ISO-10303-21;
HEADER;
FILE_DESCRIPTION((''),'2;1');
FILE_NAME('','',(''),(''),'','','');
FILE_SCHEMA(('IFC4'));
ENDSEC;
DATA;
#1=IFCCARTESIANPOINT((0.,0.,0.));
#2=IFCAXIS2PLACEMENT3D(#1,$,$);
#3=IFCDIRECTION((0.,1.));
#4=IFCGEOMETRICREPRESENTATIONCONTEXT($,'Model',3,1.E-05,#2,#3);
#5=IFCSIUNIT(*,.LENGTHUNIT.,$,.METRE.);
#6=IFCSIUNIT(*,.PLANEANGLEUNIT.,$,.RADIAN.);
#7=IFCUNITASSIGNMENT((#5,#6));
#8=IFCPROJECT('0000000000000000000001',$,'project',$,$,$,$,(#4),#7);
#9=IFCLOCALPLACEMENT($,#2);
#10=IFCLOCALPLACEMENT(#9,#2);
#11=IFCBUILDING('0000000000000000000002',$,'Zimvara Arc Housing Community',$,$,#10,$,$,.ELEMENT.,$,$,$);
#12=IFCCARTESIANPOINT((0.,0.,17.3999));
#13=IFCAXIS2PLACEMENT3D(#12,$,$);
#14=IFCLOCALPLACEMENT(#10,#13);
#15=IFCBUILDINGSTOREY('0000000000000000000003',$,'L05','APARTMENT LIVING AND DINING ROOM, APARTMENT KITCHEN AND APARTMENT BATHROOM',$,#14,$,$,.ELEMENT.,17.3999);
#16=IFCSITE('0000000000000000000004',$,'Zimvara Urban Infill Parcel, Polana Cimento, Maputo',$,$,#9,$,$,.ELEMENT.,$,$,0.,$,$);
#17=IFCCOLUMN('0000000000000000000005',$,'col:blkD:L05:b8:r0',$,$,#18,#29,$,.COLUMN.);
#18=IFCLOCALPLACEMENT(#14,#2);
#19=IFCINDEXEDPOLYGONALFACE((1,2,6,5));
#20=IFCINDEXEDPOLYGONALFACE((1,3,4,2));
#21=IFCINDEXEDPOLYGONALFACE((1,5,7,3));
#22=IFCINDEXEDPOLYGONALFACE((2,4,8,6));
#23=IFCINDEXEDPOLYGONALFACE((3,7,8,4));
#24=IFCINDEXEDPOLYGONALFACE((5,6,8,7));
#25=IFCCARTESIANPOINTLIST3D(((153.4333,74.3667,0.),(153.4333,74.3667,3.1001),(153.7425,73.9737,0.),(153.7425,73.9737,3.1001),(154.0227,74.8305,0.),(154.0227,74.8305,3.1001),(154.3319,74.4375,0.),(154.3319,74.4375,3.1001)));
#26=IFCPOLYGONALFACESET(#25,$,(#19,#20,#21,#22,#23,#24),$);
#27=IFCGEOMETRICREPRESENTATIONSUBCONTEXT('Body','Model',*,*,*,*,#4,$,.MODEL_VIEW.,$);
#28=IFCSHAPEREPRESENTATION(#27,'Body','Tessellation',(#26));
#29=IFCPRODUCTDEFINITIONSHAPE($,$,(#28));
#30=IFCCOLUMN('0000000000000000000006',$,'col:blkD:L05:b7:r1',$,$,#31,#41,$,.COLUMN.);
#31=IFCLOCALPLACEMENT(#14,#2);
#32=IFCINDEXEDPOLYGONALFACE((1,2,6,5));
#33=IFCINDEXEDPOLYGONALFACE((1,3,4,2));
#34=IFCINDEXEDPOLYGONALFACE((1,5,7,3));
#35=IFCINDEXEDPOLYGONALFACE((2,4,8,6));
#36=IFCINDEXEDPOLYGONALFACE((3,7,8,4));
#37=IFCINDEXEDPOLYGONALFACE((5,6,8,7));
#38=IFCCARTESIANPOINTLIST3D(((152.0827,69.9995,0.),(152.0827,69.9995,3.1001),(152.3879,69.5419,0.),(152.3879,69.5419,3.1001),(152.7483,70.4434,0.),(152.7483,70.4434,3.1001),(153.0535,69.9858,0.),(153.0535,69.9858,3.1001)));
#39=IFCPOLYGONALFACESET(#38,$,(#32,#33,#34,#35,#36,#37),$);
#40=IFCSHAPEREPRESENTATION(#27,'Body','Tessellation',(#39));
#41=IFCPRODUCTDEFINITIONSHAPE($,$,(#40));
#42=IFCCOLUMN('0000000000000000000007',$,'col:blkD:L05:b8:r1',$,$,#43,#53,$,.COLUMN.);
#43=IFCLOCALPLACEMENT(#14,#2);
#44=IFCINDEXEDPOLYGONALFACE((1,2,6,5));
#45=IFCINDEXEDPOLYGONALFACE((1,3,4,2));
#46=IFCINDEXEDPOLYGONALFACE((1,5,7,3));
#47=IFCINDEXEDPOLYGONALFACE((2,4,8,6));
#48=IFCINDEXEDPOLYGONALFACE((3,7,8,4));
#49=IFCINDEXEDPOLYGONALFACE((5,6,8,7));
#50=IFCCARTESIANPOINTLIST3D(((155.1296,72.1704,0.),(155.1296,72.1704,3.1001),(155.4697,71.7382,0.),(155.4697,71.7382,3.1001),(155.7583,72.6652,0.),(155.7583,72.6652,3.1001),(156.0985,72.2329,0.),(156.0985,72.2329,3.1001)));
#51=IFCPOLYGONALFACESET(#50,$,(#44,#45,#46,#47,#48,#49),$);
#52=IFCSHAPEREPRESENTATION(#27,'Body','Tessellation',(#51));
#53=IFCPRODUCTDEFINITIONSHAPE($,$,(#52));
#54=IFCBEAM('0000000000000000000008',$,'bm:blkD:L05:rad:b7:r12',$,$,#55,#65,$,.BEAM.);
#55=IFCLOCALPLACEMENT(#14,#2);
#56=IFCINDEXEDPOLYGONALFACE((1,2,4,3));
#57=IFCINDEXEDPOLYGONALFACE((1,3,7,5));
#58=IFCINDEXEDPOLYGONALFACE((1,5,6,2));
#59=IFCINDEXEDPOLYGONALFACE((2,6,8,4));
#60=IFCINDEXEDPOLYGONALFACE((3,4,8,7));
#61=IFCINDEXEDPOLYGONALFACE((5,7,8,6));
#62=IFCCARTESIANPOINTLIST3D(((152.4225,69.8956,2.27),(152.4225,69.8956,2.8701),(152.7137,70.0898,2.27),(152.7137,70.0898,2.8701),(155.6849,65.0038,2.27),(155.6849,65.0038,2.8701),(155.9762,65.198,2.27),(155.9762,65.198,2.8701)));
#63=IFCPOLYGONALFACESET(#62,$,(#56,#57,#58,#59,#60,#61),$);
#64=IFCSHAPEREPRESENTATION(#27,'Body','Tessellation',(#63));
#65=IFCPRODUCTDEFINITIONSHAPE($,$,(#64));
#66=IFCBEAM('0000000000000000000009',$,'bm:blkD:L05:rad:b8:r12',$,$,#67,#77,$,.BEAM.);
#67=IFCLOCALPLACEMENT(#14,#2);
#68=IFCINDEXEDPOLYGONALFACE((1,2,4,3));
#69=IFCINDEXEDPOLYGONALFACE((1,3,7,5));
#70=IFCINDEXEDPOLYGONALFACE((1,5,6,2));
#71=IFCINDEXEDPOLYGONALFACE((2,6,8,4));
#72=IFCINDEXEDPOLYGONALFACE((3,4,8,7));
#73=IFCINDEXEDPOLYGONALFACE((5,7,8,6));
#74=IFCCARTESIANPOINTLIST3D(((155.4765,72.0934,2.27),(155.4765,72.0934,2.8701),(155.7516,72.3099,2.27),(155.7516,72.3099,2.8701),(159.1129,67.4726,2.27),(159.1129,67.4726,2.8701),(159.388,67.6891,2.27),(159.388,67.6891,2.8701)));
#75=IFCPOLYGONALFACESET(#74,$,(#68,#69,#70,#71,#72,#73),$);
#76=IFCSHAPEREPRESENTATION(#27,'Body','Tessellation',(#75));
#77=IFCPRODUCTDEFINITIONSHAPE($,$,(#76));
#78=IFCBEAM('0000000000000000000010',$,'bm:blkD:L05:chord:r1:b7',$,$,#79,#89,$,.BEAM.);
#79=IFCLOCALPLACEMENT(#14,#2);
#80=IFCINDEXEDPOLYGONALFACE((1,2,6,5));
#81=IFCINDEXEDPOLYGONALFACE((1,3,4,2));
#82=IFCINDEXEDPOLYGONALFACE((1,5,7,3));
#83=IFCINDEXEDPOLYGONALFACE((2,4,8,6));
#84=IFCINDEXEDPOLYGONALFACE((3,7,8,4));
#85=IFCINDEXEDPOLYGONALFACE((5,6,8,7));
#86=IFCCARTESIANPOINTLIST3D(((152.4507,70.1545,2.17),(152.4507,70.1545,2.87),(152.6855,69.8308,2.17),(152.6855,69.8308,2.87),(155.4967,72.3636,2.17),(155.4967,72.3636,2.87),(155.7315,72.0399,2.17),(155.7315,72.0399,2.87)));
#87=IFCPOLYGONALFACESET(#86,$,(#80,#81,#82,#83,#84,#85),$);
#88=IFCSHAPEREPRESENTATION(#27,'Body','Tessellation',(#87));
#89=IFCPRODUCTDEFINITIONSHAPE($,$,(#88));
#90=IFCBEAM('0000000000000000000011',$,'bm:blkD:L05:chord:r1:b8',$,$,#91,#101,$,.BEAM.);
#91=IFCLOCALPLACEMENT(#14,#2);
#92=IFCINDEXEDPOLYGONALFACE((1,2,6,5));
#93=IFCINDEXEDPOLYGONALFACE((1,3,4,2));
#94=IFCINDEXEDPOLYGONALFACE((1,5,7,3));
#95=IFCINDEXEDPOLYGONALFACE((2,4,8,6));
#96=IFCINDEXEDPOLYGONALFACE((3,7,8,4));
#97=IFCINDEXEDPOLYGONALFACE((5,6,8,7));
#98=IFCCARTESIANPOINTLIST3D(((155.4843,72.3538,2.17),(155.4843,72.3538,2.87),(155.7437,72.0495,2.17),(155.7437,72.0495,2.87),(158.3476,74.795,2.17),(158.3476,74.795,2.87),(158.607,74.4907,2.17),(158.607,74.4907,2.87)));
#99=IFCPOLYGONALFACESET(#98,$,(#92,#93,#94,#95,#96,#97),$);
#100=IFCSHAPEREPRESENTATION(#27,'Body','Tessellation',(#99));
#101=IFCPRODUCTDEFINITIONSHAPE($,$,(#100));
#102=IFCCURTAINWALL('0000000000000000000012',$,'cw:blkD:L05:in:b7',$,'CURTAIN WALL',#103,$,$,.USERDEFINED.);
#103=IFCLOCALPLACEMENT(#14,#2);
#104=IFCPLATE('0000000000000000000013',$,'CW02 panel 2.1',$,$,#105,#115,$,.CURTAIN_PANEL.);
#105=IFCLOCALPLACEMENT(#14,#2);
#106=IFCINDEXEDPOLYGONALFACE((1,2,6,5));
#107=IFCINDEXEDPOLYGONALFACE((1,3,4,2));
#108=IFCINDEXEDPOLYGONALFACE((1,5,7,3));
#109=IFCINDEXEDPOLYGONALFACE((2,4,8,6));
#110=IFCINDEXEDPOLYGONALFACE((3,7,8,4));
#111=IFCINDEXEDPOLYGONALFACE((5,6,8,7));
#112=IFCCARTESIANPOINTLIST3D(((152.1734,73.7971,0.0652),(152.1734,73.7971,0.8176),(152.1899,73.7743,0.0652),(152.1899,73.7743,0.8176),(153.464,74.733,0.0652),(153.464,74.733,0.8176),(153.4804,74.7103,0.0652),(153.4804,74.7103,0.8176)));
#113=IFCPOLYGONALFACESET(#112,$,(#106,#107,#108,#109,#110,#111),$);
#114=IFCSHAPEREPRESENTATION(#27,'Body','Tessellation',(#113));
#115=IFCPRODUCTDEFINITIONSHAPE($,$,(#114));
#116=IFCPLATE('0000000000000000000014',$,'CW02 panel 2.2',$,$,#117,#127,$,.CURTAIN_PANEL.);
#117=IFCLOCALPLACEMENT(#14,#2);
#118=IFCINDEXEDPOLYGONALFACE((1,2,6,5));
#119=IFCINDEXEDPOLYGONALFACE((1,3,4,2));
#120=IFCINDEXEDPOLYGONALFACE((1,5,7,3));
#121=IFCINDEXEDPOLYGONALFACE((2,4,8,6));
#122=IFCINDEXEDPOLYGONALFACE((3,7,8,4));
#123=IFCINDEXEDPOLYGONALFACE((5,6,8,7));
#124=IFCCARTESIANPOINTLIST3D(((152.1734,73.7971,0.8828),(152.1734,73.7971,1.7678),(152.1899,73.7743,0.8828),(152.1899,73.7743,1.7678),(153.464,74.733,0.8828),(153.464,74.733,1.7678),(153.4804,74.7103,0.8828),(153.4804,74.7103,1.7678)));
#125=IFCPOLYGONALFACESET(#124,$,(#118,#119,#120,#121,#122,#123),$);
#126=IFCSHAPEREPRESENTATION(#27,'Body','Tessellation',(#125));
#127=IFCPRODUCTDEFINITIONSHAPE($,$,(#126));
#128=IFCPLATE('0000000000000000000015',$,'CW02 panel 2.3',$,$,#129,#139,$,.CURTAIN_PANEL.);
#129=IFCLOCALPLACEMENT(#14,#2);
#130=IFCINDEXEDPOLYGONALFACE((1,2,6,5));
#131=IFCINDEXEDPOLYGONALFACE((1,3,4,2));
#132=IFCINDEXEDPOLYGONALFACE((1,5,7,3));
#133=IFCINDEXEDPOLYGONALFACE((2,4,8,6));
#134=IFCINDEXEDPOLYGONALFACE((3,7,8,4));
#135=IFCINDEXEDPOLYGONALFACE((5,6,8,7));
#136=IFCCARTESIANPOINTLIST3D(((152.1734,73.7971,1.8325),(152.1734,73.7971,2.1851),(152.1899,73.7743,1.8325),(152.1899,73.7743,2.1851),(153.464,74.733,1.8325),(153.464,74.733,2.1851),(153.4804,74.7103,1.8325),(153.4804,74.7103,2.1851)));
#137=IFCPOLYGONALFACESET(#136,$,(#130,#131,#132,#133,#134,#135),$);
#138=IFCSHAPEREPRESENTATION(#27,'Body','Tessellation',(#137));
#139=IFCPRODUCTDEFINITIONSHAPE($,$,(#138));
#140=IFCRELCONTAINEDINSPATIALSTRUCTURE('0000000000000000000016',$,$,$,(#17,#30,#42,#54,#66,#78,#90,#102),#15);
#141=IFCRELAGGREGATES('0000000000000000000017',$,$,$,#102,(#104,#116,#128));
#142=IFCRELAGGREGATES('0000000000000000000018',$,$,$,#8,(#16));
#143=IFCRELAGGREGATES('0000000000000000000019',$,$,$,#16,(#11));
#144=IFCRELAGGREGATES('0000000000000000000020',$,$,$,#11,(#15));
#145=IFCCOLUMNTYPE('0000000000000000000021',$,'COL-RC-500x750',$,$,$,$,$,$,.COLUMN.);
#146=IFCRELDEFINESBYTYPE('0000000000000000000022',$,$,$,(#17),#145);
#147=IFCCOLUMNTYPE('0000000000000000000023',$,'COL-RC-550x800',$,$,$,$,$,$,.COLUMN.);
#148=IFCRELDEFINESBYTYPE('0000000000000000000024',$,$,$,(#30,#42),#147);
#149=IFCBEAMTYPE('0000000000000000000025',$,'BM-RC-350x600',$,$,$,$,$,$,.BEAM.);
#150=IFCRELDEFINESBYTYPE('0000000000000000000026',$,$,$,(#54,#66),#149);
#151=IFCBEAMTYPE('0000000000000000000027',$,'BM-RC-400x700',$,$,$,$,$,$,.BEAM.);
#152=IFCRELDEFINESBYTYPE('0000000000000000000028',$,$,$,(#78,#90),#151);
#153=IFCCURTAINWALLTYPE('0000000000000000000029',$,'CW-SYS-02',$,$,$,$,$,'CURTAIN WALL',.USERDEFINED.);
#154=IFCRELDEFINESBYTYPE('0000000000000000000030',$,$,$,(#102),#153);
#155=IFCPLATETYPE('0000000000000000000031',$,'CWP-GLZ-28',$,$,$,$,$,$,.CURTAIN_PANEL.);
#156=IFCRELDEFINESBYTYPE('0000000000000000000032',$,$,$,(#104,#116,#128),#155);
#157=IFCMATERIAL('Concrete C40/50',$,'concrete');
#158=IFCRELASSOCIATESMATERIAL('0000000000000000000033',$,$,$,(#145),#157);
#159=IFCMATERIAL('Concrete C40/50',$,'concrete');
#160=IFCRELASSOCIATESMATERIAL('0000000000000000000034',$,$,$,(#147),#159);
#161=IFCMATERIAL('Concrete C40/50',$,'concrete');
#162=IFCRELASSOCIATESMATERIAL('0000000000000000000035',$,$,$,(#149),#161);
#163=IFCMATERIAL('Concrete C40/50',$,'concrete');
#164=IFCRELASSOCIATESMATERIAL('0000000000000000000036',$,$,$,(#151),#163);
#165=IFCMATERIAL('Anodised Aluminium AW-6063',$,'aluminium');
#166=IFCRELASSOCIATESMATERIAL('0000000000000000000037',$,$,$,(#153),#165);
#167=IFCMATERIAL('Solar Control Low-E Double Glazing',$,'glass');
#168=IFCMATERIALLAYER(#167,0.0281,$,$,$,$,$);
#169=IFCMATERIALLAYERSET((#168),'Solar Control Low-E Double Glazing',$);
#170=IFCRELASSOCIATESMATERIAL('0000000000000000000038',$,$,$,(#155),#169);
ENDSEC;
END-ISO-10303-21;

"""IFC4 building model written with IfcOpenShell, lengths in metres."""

from ifc_helpers import new_model, si_unit, direction, frame, origin, origin_2d, place, context, subcontext, project, spatial, rectangle, extrude, material, layer, layer_set, material_profile, profile_set, type_object, element, aggregate, save


model = new_model("IFC4")

# Units and contexts
model_context = context("Model", 3, precision=1e-05, world=origin(), true_north=direction((0.0, 1.0)))
body_context = subcontext(model_context, "Body", "Model", "MODEL_VIEW")
ifc_project = project(units=[si_unit("LENGTHUNIT", "METRE"), si_unit("PLANEANGLEUNIT", "RADIAN")], contexts=[model_context])

# Site, building, storey
site_placement = place(None, origin())
site = spatial("IfcSite", under=ifc_project, at=site_placement, Name="Zimvara Urban Infill Parcel, Polana Cimento, Maputo", CompositionType="ELEMENT", RefElevation=0.0)
building_placement = place(site_placement, origin())
building = spatial("IfcBuilding", under=site, at=building_placement, Name="Zimvara Arc Housing Community", CompositionType="ELEMENT")
storey_placement = place(building_placement, frame((0.0, 0.0, 17.3999)))
storey = spatial("IfcBuildingStorey", under=building, at=storey_placement, Name="L05", Description="APARTMENT LIVING AND DINING ROOM, APARTMENT KITCHEN AND APARTMENT BATHROOM", CompositionType="ELEMENT", Elevation=17.3999)

# Columns
ifc_material_1 = material(Name="Concrete C40/50", Category="concrete")
ifc_material_profile_1 = material_profile(ifc_material_1, rectangle(XDim=0.5, YDim=0.75, at=origin_2d()), Name="RC 500x750")
ifc_profile_set_1 = profile_set([ifc_material_profile_1], Name="Concrete C40/50")
column_type_1 = type_object("IfcColumnType", Name="COL-RC-500x750", PredefinedType="COLUMN", material=ifc_profile_set_1)
column_placement = place(storey_placement, frame((153.8826, 74.4021, 0.0), z_axis=(0.0, 0.0, 1.0), x_axis=(0.618408, -0.785857, 0.0)))
element("IfcColumn", 1, at=column_placement, inside=storey, type_object=column_type_1, Name="col:blkD:L05:b8:r0", PredefinedType="COLUMN", context=body_context, shape_type="SweptSolid", body=[
    extrude(rectangle(XDim=0.5, YDim=0.75, at=origin_2d()), origin(), (0.0, 0.0, 1.0), 3.1001),
])
ifc_material_2 = material(Name="Concrete C40/50", Category="concrete")
ifc_material_profile_2 = material_profile(ifc_material_2, rectangle(XDim=0.55, YDim=0.8, at=origin_2d()), Name="RC 550x800")
ifc_profile_set_2 = profile_set([ifc_material_profile_2], Name="Concrete C40/50")
column_type_2 = type_object("IfcColumnType", Name="COL-RC-550x800", PredefinedType="COLUMN", material=ifc_profile_set_2)
for number, where, z_axis, x_axis, name in (
    (2, (152.5681, 69.9927, 0.0), (0.0, 0.0, 1.0), (0.554844, -0.831954, 0.0), "col:blkD:L05:b7:r1"),
    (3, (155.614, 72.2017, 0.0), (0.0, 0.0, 1.0), (0.618408, -0.785857, 0.0), "col:blkD:L05:b8:r1"),
):
    element("IfcColumn", number, at=place(storey_placement, frame(where, z_axis=z_axis, x_axis=x_axis)), inside=storey, type_object=column_type_2, Name=name, PredefinedType="COLUMN", context=body_context, shape_type="SweptSolid", body=[
        extrude(rectangle(XDim=0.55, YDim=0.8, at=origin_2d()), origin(), (0.0, 0.0, 1.0), 3.1001),
    ])

# Beams
ifc_material_3 = material(Name="Concrete C40/50", Category="concrete")
ifc_material_profile_3 = material_profile(ifc_material_3, rectangle(XDim=0.3501, YDim=0.6001, at=origin_2d()), Name="RC 350x600")
ifc_profile_set_3 = profile_set([ifc_material_profile_3], Name="Concrete C40/50")
beam_type_1 = type_object("IfcBeamType", Name="BM-RC-350x600", PredefinedType="BEAM", material=ifc_profile_set_3)
beam_1_placement = place(storey_placement, frame((152.5681, 69.9927, 2.5701), z_axis=(0.554844, -0.831954, 0.0), x_axis=(0.831954, 0.554844, 0.0)))
element("IfcBeam", 4, at=beam_1_placement, inside=storey, type_object=beam_type_1, Name="bm:blkD:L05:rad:b7:r12", PredefinedType="BEAM", context=body_context, shape_type="SweptSolid", body=[
    extrude(rectangle(XDim=0.3501, YDim=0.6001, at=origin_2d()), origin(), (0.0, 0.0, 1.0), 5.8799),
])
beam_2_placement = place(storey_placement, frame((155.614, 72.2017, 2.5701), z_axis=(0.618432, -0.785838, 0.0), x_axis=(0.785838, 0.618432, 0.0)))
element("IfcBeam", 5, at=beam_2_placement, inside=storey, type_object=beam_type_1, Name="bm:blkD:L05:rad:b8:r12", PredefinedType="BEAM", context=body_context, shape_type="SweptSolid", body=[
    extrude(rectangle(XDim=0.3501, YDim=0.6001, at=origin_2d()), origin(), (0.0, 0.0, 1.0), 5.8801),
])
ifc_material_4 = material(Name="Concrete C40/50", Category="concrete")
ifc_material_profile_4 = material_profile(ifc_material_4, rectangle(XDim=0.3999, YDim=0.7, at=origin_2d()), Name="RC 400x700")
ifc_profile_set_4 = profile_set([ifc_material_profile_4], Name="Concrete C40/50")
beam_type_2 = type_object("IfcBeamType", Name="BM-RC-400x700", PredefinedType="BEAM", material=ifc_profile_set_4)
for number, where, z_axis, x_axis, name in (
    (6, (152.5681, 69.9927, 2.52), (0.809521, 0.587091, 0.0), (-0.587091, 0.809521, 0.0), "bm:blkD:L05:chord:r1:b7"),
    (7, (155.614, 72.2017, 2.52), (0.760972, 0.648785, 0.0), (-0.648785, 0.760972, 0.0), "bm:blkD:L05:chord:r1:b8"),
):
    element("IfcBeam", number, at=place(storey_placement, frame(where, z_axis=z_axis, x_axis=x_axis)), inside=storey, type_object=beam_type_2, Name=name, PredefinedType="BEAM", context=body_context, shape_type="SweptSolid", body=[
        extrude(rectangle(XDim=0.3999, YDim=0.7, at=origin_2d()), origin(), (0.0, 0.0, 1.0), 3.7627),
    ])

# Curtain wall, plates
ifc_material_5 = material(Name="Anodised Aluminium AW-6063", Category="aluminium")
curtain_wall_type = type_object("IfcCurtainWallType", Name="CW-SYS-02", ElementType="CURTAIN WALL", PredefinedType="USERDEFINED", material=ifc_material_5)
curtain_wall_placement = place(storey_placement, origin())
curtain_wall = element("IfcCurtainWall", 8, at=curtain_wall_placement, inside=storey, type_object=curtain_wall_type, Name="cw:blkD:L05:in:b7", ObjectType="CURTAIN WALL", PredefinedType="USERDEFINED")
ifc_material_6 = material(Name="Solar Control Low-E Double Glazing", Category="glass")
ifc_layer_1 = layer(ifc_material_6, 0.0281)
ifc_layer_set_1 = layer_set([ifc_layer_1], Name="Solar Control Low-E Double Glazing")
plate_type = type_object("IfcPlateType", Name="CWP-GLZ-28", PredefinedType="CURTAIN_PANEL", material=ifc_layer_set_1)
plate_1_placement = place(storey_placement, frame((152.8269, 74.2537, 0.0652), z_axis=(0.0, 0.0, 1.0), x_axis=(0.809529, 0.587079, 0.0)))
plate_1 = element("IfcPlate", 9, at=plate_1_placement, type_object=plate_type, Name="CW02 panel 2.1", PredefinedType="CURTAIN_PANEL", context=body_context, shape_type="SweptSolid", body=[
    extrude(rectangle(XDim=1.5942, YDim=0.0281, at=origin_2d()), origin(), (0.0, 0.0, 1.0), 0.7524),
])
plate_2_placement = place(storey_placement, frame((152.8269, 74.2537, 0.8828), z_axis=(0.0, 0.0, 1.0), x_axis=(0.809529, 0.587079, 0.0)))
plate_2 = element("IfcPlate", 10, at=plate_2_placement, type_object=plate_type, Name="CW02 panel 2.2", PredefinedType="CURTAIN_PANEL", context=body_context, shape_type="SweptSolid", body=[
    extrude(rectangle(XDim=1.5942, YDim=0.0281, at=origin_2d()), origin(), (0.0, 0.0, 1.0), 0.885),
])
plate_3_placement = place(storey_placement, frame((152.8269, 74.2537, 1.8325), z_axis=(0.0, 0.0, 1.0), x_axis=(0.809529, 0.587079, 0.0)))
plate_3 = element("IfcPlate", 11, at=plate_3_placement, type_object=plate_type, Name="CW02 panel 2.3", PredefinedType="CURTAIN_PANEL", context=body_context, shape_type="SweptSolid", body=[
    extrude(rectangle(XDim=1.5942, YDim=0.0281, at=origin_2d()), origin(), (0.0, 0.0, 1.0), 0.3525),
])
aggregate(curtain_wall, [plate_1, plate_2, plate_3])

save(model, "model.ifc")
